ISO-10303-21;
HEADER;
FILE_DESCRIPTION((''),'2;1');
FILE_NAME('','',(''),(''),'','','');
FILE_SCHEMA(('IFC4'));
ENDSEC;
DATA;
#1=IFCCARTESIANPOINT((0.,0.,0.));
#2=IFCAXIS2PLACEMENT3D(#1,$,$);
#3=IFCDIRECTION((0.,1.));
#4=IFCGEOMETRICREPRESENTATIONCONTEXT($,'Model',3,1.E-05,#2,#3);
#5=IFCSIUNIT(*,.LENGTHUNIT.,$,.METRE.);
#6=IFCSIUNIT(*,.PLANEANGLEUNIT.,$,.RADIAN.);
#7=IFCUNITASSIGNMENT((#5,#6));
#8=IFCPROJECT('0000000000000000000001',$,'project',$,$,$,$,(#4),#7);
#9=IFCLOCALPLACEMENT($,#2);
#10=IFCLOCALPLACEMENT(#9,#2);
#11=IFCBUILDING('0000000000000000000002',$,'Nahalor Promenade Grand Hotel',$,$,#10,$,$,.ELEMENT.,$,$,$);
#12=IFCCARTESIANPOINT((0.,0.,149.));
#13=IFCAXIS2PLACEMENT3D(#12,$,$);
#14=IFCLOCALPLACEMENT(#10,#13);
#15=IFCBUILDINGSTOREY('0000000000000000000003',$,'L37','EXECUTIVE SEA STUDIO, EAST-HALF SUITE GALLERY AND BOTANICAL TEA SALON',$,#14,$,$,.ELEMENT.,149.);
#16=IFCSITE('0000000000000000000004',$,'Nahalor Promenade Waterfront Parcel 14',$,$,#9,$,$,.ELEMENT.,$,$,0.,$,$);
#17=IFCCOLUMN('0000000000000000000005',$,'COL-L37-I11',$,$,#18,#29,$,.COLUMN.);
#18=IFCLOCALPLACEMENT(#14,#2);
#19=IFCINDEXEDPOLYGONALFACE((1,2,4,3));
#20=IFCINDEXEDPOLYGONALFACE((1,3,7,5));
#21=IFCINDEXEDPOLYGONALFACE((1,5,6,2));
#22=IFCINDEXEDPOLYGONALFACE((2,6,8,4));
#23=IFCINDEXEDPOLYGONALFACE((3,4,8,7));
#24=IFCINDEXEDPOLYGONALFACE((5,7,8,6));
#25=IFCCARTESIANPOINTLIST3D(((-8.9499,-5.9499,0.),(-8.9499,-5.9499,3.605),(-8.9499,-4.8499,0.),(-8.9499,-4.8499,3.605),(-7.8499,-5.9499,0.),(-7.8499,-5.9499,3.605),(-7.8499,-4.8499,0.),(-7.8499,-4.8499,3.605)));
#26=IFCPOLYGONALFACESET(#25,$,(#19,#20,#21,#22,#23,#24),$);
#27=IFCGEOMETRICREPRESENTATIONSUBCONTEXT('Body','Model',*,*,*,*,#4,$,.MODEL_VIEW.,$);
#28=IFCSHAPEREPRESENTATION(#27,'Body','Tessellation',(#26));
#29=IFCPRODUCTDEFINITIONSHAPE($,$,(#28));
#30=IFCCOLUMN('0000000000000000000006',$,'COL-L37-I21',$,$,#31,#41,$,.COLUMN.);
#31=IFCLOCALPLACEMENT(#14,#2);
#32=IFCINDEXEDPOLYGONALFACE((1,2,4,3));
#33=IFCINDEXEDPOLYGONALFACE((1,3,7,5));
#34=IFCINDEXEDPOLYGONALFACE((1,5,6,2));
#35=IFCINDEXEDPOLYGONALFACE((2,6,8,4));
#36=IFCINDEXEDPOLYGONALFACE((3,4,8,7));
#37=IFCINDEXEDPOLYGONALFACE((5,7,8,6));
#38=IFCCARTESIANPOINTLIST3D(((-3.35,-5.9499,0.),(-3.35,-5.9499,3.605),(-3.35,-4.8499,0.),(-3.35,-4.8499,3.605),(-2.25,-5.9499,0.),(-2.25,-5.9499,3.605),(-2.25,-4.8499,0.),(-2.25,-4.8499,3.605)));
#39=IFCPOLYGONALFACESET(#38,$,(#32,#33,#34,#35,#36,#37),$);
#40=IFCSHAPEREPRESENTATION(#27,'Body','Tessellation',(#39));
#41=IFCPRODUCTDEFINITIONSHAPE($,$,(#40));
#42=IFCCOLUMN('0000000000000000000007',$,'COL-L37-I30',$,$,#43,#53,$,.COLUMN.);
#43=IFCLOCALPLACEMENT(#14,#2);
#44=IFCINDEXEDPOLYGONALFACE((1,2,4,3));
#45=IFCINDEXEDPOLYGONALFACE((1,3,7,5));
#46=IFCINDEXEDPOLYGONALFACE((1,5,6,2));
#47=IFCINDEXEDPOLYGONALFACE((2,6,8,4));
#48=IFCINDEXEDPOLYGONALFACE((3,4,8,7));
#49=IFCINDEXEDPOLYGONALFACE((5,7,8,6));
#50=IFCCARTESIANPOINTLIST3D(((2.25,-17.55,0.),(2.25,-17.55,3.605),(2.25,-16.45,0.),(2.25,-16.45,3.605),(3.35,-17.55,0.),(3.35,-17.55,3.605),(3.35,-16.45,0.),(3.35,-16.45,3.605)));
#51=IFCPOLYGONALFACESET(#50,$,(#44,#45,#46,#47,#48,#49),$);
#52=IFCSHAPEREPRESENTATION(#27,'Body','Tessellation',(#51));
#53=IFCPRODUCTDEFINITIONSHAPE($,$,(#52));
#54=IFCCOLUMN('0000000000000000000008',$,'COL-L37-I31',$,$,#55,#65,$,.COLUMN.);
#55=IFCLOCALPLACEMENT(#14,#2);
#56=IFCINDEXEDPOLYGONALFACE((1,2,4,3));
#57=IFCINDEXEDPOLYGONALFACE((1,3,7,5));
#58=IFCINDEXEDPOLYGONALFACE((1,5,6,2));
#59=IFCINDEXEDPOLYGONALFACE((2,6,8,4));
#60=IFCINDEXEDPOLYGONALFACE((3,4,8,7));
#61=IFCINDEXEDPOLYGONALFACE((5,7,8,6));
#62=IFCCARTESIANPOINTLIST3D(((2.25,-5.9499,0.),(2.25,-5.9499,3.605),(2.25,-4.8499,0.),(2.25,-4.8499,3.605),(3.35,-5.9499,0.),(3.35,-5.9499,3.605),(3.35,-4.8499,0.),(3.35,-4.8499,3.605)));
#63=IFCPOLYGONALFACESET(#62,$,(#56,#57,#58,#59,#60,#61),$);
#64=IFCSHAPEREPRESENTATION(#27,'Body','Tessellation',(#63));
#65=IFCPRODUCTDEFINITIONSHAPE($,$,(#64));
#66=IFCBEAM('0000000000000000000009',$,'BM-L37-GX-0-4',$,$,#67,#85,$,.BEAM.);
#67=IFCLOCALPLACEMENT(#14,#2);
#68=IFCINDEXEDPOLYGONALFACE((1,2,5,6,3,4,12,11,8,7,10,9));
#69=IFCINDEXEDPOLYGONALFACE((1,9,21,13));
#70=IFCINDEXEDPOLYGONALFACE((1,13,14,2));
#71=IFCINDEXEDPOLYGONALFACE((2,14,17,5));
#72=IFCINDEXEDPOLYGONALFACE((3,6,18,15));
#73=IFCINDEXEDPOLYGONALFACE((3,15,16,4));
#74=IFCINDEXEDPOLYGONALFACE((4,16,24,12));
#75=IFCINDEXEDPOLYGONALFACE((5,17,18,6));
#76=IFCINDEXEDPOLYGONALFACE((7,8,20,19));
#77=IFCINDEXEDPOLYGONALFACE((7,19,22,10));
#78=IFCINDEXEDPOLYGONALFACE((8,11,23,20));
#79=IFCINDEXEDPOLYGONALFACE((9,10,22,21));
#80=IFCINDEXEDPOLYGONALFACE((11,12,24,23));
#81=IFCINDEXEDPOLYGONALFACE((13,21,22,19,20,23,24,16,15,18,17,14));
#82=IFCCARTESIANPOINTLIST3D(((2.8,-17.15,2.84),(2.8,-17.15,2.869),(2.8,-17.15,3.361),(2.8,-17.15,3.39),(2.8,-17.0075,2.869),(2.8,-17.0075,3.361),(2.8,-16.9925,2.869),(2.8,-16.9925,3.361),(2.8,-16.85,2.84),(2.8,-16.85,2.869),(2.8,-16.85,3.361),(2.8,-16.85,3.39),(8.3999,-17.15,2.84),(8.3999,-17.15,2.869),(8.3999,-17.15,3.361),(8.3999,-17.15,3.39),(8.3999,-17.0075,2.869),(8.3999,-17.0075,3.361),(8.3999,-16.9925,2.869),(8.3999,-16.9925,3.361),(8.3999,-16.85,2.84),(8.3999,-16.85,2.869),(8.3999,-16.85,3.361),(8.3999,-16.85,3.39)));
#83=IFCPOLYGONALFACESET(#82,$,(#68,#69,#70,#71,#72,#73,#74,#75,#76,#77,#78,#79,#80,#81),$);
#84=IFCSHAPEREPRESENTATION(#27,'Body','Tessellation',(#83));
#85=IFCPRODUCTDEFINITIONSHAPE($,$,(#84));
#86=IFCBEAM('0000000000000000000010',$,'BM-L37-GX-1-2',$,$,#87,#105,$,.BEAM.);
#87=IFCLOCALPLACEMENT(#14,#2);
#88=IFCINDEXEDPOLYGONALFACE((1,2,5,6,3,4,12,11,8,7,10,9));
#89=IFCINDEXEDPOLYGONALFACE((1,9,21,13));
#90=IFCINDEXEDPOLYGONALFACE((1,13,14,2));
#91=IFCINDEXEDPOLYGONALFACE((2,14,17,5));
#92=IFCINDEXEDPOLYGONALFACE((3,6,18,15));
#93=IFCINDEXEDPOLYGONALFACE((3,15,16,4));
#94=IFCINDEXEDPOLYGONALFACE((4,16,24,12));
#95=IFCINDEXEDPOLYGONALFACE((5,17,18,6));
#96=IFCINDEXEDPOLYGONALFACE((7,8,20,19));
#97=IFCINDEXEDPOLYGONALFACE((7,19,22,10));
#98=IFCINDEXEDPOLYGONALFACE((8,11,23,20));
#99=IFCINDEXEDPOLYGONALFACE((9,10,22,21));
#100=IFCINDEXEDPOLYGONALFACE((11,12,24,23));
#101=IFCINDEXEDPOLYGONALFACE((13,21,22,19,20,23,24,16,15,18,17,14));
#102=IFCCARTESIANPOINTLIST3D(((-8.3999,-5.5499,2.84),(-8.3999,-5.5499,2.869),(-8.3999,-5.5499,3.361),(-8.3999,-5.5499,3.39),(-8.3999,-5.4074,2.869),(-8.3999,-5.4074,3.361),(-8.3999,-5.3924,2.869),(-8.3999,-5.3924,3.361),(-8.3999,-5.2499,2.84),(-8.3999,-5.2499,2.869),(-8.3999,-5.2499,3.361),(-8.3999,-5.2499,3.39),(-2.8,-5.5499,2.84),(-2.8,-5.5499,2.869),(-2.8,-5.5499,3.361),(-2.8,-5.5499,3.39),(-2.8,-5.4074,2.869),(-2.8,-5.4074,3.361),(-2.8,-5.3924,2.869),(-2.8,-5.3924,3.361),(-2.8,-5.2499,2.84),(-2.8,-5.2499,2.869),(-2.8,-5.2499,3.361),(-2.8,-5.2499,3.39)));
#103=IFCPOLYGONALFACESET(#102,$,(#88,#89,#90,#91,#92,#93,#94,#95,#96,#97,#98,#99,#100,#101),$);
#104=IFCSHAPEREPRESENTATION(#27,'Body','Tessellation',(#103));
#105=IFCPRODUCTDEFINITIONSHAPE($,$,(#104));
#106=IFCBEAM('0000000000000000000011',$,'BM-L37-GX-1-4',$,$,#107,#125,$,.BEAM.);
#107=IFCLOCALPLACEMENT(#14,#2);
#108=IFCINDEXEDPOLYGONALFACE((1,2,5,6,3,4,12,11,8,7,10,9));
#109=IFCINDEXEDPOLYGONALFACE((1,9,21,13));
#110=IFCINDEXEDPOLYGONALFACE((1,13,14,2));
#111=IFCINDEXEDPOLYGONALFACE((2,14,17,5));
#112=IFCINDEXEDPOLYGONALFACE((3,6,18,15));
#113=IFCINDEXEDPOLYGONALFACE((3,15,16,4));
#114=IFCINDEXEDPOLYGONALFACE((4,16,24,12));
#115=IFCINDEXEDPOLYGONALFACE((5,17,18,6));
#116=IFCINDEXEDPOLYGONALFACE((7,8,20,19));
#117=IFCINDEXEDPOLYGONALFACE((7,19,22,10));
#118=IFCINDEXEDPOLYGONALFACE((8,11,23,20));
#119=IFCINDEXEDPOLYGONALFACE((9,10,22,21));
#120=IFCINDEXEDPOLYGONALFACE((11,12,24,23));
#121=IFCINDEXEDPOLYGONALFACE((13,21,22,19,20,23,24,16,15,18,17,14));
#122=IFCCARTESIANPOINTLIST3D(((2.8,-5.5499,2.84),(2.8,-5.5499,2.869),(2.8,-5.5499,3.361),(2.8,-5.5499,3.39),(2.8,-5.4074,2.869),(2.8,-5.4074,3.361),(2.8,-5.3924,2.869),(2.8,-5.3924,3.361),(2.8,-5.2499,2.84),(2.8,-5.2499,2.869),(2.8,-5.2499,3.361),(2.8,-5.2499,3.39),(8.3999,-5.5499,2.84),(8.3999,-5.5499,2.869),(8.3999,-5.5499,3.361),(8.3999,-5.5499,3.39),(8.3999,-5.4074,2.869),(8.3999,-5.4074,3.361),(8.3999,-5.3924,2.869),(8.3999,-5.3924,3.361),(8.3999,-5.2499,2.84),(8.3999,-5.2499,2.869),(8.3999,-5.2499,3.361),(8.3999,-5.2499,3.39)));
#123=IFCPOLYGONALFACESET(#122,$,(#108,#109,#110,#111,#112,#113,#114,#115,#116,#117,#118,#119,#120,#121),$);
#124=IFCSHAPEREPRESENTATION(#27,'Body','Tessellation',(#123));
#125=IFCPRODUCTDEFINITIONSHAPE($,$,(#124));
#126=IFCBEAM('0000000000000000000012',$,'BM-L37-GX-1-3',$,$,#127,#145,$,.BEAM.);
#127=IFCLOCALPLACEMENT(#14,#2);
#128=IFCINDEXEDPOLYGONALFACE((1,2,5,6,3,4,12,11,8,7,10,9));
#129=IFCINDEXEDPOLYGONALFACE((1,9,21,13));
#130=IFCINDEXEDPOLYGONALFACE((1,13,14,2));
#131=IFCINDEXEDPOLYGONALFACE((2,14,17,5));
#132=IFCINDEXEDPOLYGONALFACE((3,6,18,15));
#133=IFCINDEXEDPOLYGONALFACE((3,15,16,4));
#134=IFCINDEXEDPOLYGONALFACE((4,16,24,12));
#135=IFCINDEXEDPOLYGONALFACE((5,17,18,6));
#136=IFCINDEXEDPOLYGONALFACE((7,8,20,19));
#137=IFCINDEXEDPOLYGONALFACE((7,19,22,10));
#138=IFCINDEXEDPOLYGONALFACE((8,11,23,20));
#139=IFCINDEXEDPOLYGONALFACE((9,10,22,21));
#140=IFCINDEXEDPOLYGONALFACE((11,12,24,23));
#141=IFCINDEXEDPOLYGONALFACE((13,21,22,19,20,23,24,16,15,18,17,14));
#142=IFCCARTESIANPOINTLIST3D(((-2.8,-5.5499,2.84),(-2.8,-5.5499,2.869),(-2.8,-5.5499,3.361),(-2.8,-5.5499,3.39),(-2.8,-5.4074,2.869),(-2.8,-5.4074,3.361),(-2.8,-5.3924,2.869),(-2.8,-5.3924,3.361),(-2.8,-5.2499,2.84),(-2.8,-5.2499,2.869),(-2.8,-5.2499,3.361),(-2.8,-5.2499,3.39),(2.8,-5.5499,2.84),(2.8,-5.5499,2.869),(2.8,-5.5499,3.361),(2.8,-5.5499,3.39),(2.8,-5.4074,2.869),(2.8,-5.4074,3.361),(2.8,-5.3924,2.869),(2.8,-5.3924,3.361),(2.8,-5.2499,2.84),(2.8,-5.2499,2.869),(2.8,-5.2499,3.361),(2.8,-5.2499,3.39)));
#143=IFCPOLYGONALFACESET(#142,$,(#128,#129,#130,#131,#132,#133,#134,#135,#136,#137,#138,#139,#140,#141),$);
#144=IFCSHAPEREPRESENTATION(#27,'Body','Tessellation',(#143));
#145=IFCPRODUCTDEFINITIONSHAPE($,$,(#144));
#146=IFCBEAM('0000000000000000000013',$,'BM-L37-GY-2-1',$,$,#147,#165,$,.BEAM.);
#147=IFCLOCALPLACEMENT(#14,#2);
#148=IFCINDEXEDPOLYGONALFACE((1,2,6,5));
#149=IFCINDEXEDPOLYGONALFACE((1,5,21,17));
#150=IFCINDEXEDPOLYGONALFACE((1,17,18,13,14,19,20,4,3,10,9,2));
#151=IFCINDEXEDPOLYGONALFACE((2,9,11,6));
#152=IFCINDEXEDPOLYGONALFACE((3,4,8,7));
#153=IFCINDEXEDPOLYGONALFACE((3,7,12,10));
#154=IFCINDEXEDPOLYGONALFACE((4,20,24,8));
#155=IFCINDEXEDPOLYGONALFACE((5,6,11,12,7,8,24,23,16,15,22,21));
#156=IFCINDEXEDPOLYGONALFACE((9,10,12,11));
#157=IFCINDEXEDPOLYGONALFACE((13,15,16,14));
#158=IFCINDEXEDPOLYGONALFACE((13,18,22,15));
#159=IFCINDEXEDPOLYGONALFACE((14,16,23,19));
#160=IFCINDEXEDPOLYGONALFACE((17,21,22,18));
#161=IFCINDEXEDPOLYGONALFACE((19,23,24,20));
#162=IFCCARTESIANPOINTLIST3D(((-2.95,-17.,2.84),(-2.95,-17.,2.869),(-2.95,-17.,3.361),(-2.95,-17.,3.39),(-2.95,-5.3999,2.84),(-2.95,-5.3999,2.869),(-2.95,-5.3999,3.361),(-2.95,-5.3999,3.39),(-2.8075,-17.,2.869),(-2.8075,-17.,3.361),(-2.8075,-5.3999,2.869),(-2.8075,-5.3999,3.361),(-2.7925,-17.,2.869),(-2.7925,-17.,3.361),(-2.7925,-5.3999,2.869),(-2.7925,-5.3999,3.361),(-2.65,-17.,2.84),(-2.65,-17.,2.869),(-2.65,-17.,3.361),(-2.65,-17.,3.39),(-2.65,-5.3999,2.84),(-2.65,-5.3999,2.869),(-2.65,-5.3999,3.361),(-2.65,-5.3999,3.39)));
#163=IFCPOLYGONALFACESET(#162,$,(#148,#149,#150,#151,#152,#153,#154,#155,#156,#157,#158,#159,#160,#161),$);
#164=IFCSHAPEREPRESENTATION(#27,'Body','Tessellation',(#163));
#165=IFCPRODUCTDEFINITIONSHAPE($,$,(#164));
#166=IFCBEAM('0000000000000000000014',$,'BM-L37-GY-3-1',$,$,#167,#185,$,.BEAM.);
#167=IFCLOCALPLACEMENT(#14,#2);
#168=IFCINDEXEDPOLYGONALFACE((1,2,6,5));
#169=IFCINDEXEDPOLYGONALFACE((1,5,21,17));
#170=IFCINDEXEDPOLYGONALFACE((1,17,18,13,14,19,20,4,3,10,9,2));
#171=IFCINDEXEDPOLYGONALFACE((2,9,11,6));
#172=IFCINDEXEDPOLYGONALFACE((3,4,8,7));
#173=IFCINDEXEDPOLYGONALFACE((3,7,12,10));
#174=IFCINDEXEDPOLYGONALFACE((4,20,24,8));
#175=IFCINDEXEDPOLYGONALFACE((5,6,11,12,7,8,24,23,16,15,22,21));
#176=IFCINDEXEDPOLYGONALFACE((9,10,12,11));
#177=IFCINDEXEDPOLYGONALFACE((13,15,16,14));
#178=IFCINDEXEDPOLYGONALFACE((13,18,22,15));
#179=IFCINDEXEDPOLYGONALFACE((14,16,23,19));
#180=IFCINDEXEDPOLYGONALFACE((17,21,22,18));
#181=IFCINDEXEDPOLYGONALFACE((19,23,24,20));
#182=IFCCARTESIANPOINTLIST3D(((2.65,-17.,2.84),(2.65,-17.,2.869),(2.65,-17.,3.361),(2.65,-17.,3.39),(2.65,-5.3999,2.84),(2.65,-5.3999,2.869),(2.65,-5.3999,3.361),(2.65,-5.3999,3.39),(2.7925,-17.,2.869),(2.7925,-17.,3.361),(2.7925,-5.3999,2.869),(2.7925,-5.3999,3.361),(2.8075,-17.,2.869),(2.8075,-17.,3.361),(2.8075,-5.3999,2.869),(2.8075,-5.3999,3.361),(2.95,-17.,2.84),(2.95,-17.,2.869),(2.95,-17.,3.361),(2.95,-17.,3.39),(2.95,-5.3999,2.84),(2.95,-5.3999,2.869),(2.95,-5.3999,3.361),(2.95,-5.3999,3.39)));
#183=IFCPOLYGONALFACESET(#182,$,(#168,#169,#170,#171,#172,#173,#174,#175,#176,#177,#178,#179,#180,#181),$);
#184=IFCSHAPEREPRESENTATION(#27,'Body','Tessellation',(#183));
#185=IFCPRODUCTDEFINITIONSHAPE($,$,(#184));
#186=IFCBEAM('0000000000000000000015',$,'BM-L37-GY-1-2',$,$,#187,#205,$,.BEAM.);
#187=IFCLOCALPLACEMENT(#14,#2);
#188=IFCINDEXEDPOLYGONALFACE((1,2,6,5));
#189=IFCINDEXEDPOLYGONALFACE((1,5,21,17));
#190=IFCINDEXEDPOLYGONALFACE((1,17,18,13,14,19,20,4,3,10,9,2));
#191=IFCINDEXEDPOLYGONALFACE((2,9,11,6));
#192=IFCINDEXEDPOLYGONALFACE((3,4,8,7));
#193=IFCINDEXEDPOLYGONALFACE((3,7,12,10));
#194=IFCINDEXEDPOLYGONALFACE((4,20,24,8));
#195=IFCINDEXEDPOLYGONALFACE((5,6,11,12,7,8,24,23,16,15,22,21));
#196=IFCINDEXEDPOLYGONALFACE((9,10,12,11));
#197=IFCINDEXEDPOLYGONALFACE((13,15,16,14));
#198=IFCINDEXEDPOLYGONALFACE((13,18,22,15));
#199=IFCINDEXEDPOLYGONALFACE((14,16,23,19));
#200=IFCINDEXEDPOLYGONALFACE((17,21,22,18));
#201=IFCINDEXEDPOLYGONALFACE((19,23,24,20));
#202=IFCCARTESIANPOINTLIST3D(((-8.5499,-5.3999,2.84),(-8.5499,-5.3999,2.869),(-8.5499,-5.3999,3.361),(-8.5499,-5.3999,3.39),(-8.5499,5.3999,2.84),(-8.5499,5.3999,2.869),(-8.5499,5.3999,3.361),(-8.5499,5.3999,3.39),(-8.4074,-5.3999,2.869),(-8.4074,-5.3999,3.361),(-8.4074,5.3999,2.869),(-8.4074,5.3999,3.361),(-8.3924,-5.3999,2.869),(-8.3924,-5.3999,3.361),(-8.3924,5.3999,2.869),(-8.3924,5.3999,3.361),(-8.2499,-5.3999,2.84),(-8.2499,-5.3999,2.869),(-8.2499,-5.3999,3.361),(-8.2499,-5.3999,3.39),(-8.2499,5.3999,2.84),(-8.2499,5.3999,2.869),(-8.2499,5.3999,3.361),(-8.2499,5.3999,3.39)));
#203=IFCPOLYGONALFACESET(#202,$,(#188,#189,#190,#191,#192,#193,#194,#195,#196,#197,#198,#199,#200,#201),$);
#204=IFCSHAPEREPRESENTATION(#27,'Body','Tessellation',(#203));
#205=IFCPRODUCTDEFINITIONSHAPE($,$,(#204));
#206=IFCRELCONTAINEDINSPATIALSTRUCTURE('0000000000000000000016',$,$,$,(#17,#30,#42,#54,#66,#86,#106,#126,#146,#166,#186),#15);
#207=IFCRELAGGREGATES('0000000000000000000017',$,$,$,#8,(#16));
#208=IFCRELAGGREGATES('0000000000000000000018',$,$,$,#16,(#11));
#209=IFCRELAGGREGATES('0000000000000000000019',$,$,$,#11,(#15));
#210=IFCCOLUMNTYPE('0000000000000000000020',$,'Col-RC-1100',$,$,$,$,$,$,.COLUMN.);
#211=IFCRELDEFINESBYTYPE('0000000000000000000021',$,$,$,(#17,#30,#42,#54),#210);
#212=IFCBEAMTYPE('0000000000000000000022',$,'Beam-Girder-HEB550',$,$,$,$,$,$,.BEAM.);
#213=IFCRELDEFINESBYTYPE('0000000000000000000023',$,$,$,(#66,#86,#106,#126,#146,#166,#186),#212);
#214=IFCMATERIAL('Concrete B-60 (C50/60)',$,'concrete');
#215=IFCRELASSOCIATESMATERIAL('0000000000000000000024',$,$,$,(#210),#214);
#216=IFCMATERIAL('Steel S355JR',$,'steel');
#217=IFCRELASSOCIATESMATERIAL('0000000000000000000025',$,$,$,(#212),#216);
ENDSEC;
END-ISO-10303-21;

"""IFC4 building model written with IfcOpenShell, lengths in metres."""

from ifc_helpers import new_model, si_unit, direction, frame, origin, origin_2d, place, context, subcontext, project, spatial, rectangle, i_section, extrude, source, transform, mapped, material, material_profile, profile_set, type_object, element, save


model = new_model("IFC4")

# Units and contexts
model_context = context("Model", 3, precision=1e-05, world=origin(), true_north=direction((0.0, 1.0)))
body_context = subcontext(model_context, "Body", "Model", "MODEL_VIEW")
ifc_project = project(units=[si_unit("LENGTHUNIT", "METRE"), si_unit("PLANEANGLEUNIT", "RADIAN")], contexts=[model_context])

# Site, building, storey
site_placement = place(None, origin())
site = spatial("IfcSite", under=ifc_project, at=site_placement, Name="Nahalor Promenade Waterfront Parcel 14", CompositionType="ELEMENT", RefElevation=0.0)
building_placement = place(site_placement, origin())
building = spatial("IfcBuilding", under=site, at=building_placement, Name="Nahalor Promenade Grand Hotel", CompositionType="ELEMENT")
storey_placement = place(building_placement, frame((0.0, 0.0, 149.0)))
storey = spatial("IfcBuildingStorey", under=building, at=storey_placement, Name="L37", Description="EXECUTIVE SEA STUDIO, EAST-HALF SUITE GALLERY AND BOTANICAL TEA SALON", CompositionType="ELEMENT", Elevation=149.0)

# Columns
ifc_material_1 = material(Name="Concrete B-60 (C50/60)", Category="concrete")
ifc_material_profile_1 = material_profile(ifc_material_1, rectangle(XDim=1.1, YDim=1.1, at=origin_2d()), Name="RC 1100x1100")
ifc_profile_set_1 = profile_set([ifc_material_profile_1], Name="Concrete B-60 (C50/60)")
column_type = type_object("IfcColumnType", Name="Col-RC-1100", PredefinedType="COLUMN", material=ifc_profile_set_1)
shared_shape_1 = source(origin(), body_context, "Body", "SweptSolid", [
    extrude(rectangle(XDim=1.1, YDim=1.1, at=origin_2d()), origin(), (0.0, 0.0, 1.0), 3.605),
])
for number, where, z_axis, x_axis, name in (
    (1, (-8.3999, -5.3999, 0.0), (0.0, 0.0, 1.0), (1.0, 0.0, 0.0), "COL-L37-I11"),
    (2, (-2.8, -5.3999, 0.0), (0.0, 0.0, 1.0), (1.0, 0.0, 0.0), "COL-L37-I21"),
    (3, (2.8, -17.0, 0.0), (0.0, 0.0, 1.0), (1.0, 0.0, 0.0), "COL-L37-I30"),
    (4, (2.8, -5.3999, 0.0), (0.0, 0.0, 1.0), (1.0, 0.0, 0.0), "COL-L37-I31"),
):
    element("IfcColumn", number, at=place(storey_placement, frame(where, z_axis=z_axis, x_axis=x_axis)), inside=storey, type_object=column_type, Name=name, PredefinedType="COLUMN", context=body_context, shape_type="MappedRepresentation", body=[
        mapped(shared_shape_1, transform((0.0, 0.0, 0.0), scale=1.0)),
    ])

# Beams
ifc_material_2 = material(Name="Steel S355JR", Category="steel")
ifc_material_profile_2 = material_profile(ifc_material_2, i_section(OverallWidth=0.3, OverallDepth=0.55, WebThickness=0.015, FlangeThickness=0.029, at=origin_2d()), Name="HEB 550")
ifc_profile_set_2 = profile_set([ifc_material_profile_2], Name="Steel S355JR")
beam_type = type_object("IfcBeamType", Name="Beam-Girder-HEB550", PredefinedType="BEAM", material=ifc_profile_set_2)
shared_shape_2 = source(origin(), body_context, "Body", "SweptSolid", [
    extrude(i_section(OverallWidth=0.3, OverallDepth=0.55, WebThickness=0.015, FlangeThickness=0.029, at=origin_2d()), origin(), (0.0, 0.0, 1.0), 5.5999),
])
for number, where, z_axis, x_axis, name in (
    (5, (2.8, -17.0, 3.115), (1.0, 0.0, 0.0), (0.0, 1.0, 0.0), "BM-L37-GX-0-4"),
    (6, (-8.3999, -5.3999, 3.115), (1.0, 0.0, 0.0), (0.0, 1.0, 0.0), "BM-L37-GX-1-2"),
    (7, (2.8, -5.3999, 3.115), (1.0, 0.0, 0.0), (0.0, 1.0, 0.0), "BM-L37-GX-1-4"),
):
    element("IfcBeam", number, at=place(storey_placement, frame(where, z_axis=z_axis, x_axis=x_axis)), inside=storey, type_object=beam_type, Name=name, PredefinedType="BEAM", context=body_context, shape_type="MappedRepresentation", body=[
        mapped(shared_shape_2, transform((0.0, 0.0, 0.0), scale=1.0)),
    ])
shared_shape_3 = source(origin(), body_context, "Body", "SweptSolid", [
    extrude(i_section(OverallWidth=0.3, OverallDepth=0.55, WebThickness=0.015, FlangeThickness=0.029, at=origin_2d()), origin(), (0.0, 0.0, 1.0), 5.6001),
])
beam_placement = place(storey_placement, frame((-2.8, -5.3999, 3.115), z_axis=(1.0, 0.0, 0.0), x_axis=(0.0, 1.0, 0.0)))
element("IfcBeam", 8, at=beam_placement, inside=storey, type_object=beam_type, Name="BM-L37-GX-1-3", PredefinedType="BEAM", context=body_context, shape_type="MappedRepresentation", body=[
    mapped(shared_shape_3, transform((0.0, 0.0, 0.0), scale=1.0)),
])
shared_shape_4 = source(origin(), body_context, "Body", "SweptSolid", [
    extrude(i_section(OverallWidth=0.3, OverallDepth=0.55, WebThickness=0.015, FlangeThickness=0.029, at=origin_2d()), origin(), (0.0, 0.0, 1.0), 11.6001),
])
for number, where, z_axis, x_axis, name in (
    (9, (-2.8, -17.0, 3.115), (0.0, 1.0, 0.0), (-1.0, 0.0, 0.0), "BM-L37-GY-2-1"),
    (10, (2.8, -17.0, 3.115), (0.0, 1.0, 0.0), (-1.0, 0.0, 0.0), "BM-L37-GY-3-1"),
):
    element("IfcBeam", number, at=place(storey_placement, frame(where, z_axis=z_axis, x_axis=x_axis)), inside=storey, type_object=beam_type, Name=name, PredefinedType="BEAM", context=body_context, shape_type="MappedRepresentation", body=[
        mapped(shared_shape_4, transform((0.0, 0.0, 0.0), scale=1.0)),
    ])
shared_shape_5 = source(origin(), body_context, "Body", "SweptSolid", [
    extrude(i_section(OverallWidth=0.3, OverallDepth=0.55, WebThickness=0.015, FlangeThickness=0.029, at=origin_2d()), origin(), (0.0, 0.0, 1.0), 10.7998),
])
for number, where, z_axis, x_axis, name in (
    (11, (-8.3999, -5.3999, 3.115), (0.0, 1.0, 0.0), (-1.0, 0.0, 0.0), "BM-L37-GY-1-2"),
):
    element("IfcBeam", number, at=place(storey_placement, frame(where, z_axis=z_axis, x_axis=x_axis)), inside=storey, type_object=beam_type, Name=name, PredefinedType="BEAM", context=body_context, shape_type="MappedRepresentation", body=[
        mapped(shared_shape_5, transform((0.0, 0.0, 0.0), scale=1.0)),
    ])

save(model, "model.ifc")
